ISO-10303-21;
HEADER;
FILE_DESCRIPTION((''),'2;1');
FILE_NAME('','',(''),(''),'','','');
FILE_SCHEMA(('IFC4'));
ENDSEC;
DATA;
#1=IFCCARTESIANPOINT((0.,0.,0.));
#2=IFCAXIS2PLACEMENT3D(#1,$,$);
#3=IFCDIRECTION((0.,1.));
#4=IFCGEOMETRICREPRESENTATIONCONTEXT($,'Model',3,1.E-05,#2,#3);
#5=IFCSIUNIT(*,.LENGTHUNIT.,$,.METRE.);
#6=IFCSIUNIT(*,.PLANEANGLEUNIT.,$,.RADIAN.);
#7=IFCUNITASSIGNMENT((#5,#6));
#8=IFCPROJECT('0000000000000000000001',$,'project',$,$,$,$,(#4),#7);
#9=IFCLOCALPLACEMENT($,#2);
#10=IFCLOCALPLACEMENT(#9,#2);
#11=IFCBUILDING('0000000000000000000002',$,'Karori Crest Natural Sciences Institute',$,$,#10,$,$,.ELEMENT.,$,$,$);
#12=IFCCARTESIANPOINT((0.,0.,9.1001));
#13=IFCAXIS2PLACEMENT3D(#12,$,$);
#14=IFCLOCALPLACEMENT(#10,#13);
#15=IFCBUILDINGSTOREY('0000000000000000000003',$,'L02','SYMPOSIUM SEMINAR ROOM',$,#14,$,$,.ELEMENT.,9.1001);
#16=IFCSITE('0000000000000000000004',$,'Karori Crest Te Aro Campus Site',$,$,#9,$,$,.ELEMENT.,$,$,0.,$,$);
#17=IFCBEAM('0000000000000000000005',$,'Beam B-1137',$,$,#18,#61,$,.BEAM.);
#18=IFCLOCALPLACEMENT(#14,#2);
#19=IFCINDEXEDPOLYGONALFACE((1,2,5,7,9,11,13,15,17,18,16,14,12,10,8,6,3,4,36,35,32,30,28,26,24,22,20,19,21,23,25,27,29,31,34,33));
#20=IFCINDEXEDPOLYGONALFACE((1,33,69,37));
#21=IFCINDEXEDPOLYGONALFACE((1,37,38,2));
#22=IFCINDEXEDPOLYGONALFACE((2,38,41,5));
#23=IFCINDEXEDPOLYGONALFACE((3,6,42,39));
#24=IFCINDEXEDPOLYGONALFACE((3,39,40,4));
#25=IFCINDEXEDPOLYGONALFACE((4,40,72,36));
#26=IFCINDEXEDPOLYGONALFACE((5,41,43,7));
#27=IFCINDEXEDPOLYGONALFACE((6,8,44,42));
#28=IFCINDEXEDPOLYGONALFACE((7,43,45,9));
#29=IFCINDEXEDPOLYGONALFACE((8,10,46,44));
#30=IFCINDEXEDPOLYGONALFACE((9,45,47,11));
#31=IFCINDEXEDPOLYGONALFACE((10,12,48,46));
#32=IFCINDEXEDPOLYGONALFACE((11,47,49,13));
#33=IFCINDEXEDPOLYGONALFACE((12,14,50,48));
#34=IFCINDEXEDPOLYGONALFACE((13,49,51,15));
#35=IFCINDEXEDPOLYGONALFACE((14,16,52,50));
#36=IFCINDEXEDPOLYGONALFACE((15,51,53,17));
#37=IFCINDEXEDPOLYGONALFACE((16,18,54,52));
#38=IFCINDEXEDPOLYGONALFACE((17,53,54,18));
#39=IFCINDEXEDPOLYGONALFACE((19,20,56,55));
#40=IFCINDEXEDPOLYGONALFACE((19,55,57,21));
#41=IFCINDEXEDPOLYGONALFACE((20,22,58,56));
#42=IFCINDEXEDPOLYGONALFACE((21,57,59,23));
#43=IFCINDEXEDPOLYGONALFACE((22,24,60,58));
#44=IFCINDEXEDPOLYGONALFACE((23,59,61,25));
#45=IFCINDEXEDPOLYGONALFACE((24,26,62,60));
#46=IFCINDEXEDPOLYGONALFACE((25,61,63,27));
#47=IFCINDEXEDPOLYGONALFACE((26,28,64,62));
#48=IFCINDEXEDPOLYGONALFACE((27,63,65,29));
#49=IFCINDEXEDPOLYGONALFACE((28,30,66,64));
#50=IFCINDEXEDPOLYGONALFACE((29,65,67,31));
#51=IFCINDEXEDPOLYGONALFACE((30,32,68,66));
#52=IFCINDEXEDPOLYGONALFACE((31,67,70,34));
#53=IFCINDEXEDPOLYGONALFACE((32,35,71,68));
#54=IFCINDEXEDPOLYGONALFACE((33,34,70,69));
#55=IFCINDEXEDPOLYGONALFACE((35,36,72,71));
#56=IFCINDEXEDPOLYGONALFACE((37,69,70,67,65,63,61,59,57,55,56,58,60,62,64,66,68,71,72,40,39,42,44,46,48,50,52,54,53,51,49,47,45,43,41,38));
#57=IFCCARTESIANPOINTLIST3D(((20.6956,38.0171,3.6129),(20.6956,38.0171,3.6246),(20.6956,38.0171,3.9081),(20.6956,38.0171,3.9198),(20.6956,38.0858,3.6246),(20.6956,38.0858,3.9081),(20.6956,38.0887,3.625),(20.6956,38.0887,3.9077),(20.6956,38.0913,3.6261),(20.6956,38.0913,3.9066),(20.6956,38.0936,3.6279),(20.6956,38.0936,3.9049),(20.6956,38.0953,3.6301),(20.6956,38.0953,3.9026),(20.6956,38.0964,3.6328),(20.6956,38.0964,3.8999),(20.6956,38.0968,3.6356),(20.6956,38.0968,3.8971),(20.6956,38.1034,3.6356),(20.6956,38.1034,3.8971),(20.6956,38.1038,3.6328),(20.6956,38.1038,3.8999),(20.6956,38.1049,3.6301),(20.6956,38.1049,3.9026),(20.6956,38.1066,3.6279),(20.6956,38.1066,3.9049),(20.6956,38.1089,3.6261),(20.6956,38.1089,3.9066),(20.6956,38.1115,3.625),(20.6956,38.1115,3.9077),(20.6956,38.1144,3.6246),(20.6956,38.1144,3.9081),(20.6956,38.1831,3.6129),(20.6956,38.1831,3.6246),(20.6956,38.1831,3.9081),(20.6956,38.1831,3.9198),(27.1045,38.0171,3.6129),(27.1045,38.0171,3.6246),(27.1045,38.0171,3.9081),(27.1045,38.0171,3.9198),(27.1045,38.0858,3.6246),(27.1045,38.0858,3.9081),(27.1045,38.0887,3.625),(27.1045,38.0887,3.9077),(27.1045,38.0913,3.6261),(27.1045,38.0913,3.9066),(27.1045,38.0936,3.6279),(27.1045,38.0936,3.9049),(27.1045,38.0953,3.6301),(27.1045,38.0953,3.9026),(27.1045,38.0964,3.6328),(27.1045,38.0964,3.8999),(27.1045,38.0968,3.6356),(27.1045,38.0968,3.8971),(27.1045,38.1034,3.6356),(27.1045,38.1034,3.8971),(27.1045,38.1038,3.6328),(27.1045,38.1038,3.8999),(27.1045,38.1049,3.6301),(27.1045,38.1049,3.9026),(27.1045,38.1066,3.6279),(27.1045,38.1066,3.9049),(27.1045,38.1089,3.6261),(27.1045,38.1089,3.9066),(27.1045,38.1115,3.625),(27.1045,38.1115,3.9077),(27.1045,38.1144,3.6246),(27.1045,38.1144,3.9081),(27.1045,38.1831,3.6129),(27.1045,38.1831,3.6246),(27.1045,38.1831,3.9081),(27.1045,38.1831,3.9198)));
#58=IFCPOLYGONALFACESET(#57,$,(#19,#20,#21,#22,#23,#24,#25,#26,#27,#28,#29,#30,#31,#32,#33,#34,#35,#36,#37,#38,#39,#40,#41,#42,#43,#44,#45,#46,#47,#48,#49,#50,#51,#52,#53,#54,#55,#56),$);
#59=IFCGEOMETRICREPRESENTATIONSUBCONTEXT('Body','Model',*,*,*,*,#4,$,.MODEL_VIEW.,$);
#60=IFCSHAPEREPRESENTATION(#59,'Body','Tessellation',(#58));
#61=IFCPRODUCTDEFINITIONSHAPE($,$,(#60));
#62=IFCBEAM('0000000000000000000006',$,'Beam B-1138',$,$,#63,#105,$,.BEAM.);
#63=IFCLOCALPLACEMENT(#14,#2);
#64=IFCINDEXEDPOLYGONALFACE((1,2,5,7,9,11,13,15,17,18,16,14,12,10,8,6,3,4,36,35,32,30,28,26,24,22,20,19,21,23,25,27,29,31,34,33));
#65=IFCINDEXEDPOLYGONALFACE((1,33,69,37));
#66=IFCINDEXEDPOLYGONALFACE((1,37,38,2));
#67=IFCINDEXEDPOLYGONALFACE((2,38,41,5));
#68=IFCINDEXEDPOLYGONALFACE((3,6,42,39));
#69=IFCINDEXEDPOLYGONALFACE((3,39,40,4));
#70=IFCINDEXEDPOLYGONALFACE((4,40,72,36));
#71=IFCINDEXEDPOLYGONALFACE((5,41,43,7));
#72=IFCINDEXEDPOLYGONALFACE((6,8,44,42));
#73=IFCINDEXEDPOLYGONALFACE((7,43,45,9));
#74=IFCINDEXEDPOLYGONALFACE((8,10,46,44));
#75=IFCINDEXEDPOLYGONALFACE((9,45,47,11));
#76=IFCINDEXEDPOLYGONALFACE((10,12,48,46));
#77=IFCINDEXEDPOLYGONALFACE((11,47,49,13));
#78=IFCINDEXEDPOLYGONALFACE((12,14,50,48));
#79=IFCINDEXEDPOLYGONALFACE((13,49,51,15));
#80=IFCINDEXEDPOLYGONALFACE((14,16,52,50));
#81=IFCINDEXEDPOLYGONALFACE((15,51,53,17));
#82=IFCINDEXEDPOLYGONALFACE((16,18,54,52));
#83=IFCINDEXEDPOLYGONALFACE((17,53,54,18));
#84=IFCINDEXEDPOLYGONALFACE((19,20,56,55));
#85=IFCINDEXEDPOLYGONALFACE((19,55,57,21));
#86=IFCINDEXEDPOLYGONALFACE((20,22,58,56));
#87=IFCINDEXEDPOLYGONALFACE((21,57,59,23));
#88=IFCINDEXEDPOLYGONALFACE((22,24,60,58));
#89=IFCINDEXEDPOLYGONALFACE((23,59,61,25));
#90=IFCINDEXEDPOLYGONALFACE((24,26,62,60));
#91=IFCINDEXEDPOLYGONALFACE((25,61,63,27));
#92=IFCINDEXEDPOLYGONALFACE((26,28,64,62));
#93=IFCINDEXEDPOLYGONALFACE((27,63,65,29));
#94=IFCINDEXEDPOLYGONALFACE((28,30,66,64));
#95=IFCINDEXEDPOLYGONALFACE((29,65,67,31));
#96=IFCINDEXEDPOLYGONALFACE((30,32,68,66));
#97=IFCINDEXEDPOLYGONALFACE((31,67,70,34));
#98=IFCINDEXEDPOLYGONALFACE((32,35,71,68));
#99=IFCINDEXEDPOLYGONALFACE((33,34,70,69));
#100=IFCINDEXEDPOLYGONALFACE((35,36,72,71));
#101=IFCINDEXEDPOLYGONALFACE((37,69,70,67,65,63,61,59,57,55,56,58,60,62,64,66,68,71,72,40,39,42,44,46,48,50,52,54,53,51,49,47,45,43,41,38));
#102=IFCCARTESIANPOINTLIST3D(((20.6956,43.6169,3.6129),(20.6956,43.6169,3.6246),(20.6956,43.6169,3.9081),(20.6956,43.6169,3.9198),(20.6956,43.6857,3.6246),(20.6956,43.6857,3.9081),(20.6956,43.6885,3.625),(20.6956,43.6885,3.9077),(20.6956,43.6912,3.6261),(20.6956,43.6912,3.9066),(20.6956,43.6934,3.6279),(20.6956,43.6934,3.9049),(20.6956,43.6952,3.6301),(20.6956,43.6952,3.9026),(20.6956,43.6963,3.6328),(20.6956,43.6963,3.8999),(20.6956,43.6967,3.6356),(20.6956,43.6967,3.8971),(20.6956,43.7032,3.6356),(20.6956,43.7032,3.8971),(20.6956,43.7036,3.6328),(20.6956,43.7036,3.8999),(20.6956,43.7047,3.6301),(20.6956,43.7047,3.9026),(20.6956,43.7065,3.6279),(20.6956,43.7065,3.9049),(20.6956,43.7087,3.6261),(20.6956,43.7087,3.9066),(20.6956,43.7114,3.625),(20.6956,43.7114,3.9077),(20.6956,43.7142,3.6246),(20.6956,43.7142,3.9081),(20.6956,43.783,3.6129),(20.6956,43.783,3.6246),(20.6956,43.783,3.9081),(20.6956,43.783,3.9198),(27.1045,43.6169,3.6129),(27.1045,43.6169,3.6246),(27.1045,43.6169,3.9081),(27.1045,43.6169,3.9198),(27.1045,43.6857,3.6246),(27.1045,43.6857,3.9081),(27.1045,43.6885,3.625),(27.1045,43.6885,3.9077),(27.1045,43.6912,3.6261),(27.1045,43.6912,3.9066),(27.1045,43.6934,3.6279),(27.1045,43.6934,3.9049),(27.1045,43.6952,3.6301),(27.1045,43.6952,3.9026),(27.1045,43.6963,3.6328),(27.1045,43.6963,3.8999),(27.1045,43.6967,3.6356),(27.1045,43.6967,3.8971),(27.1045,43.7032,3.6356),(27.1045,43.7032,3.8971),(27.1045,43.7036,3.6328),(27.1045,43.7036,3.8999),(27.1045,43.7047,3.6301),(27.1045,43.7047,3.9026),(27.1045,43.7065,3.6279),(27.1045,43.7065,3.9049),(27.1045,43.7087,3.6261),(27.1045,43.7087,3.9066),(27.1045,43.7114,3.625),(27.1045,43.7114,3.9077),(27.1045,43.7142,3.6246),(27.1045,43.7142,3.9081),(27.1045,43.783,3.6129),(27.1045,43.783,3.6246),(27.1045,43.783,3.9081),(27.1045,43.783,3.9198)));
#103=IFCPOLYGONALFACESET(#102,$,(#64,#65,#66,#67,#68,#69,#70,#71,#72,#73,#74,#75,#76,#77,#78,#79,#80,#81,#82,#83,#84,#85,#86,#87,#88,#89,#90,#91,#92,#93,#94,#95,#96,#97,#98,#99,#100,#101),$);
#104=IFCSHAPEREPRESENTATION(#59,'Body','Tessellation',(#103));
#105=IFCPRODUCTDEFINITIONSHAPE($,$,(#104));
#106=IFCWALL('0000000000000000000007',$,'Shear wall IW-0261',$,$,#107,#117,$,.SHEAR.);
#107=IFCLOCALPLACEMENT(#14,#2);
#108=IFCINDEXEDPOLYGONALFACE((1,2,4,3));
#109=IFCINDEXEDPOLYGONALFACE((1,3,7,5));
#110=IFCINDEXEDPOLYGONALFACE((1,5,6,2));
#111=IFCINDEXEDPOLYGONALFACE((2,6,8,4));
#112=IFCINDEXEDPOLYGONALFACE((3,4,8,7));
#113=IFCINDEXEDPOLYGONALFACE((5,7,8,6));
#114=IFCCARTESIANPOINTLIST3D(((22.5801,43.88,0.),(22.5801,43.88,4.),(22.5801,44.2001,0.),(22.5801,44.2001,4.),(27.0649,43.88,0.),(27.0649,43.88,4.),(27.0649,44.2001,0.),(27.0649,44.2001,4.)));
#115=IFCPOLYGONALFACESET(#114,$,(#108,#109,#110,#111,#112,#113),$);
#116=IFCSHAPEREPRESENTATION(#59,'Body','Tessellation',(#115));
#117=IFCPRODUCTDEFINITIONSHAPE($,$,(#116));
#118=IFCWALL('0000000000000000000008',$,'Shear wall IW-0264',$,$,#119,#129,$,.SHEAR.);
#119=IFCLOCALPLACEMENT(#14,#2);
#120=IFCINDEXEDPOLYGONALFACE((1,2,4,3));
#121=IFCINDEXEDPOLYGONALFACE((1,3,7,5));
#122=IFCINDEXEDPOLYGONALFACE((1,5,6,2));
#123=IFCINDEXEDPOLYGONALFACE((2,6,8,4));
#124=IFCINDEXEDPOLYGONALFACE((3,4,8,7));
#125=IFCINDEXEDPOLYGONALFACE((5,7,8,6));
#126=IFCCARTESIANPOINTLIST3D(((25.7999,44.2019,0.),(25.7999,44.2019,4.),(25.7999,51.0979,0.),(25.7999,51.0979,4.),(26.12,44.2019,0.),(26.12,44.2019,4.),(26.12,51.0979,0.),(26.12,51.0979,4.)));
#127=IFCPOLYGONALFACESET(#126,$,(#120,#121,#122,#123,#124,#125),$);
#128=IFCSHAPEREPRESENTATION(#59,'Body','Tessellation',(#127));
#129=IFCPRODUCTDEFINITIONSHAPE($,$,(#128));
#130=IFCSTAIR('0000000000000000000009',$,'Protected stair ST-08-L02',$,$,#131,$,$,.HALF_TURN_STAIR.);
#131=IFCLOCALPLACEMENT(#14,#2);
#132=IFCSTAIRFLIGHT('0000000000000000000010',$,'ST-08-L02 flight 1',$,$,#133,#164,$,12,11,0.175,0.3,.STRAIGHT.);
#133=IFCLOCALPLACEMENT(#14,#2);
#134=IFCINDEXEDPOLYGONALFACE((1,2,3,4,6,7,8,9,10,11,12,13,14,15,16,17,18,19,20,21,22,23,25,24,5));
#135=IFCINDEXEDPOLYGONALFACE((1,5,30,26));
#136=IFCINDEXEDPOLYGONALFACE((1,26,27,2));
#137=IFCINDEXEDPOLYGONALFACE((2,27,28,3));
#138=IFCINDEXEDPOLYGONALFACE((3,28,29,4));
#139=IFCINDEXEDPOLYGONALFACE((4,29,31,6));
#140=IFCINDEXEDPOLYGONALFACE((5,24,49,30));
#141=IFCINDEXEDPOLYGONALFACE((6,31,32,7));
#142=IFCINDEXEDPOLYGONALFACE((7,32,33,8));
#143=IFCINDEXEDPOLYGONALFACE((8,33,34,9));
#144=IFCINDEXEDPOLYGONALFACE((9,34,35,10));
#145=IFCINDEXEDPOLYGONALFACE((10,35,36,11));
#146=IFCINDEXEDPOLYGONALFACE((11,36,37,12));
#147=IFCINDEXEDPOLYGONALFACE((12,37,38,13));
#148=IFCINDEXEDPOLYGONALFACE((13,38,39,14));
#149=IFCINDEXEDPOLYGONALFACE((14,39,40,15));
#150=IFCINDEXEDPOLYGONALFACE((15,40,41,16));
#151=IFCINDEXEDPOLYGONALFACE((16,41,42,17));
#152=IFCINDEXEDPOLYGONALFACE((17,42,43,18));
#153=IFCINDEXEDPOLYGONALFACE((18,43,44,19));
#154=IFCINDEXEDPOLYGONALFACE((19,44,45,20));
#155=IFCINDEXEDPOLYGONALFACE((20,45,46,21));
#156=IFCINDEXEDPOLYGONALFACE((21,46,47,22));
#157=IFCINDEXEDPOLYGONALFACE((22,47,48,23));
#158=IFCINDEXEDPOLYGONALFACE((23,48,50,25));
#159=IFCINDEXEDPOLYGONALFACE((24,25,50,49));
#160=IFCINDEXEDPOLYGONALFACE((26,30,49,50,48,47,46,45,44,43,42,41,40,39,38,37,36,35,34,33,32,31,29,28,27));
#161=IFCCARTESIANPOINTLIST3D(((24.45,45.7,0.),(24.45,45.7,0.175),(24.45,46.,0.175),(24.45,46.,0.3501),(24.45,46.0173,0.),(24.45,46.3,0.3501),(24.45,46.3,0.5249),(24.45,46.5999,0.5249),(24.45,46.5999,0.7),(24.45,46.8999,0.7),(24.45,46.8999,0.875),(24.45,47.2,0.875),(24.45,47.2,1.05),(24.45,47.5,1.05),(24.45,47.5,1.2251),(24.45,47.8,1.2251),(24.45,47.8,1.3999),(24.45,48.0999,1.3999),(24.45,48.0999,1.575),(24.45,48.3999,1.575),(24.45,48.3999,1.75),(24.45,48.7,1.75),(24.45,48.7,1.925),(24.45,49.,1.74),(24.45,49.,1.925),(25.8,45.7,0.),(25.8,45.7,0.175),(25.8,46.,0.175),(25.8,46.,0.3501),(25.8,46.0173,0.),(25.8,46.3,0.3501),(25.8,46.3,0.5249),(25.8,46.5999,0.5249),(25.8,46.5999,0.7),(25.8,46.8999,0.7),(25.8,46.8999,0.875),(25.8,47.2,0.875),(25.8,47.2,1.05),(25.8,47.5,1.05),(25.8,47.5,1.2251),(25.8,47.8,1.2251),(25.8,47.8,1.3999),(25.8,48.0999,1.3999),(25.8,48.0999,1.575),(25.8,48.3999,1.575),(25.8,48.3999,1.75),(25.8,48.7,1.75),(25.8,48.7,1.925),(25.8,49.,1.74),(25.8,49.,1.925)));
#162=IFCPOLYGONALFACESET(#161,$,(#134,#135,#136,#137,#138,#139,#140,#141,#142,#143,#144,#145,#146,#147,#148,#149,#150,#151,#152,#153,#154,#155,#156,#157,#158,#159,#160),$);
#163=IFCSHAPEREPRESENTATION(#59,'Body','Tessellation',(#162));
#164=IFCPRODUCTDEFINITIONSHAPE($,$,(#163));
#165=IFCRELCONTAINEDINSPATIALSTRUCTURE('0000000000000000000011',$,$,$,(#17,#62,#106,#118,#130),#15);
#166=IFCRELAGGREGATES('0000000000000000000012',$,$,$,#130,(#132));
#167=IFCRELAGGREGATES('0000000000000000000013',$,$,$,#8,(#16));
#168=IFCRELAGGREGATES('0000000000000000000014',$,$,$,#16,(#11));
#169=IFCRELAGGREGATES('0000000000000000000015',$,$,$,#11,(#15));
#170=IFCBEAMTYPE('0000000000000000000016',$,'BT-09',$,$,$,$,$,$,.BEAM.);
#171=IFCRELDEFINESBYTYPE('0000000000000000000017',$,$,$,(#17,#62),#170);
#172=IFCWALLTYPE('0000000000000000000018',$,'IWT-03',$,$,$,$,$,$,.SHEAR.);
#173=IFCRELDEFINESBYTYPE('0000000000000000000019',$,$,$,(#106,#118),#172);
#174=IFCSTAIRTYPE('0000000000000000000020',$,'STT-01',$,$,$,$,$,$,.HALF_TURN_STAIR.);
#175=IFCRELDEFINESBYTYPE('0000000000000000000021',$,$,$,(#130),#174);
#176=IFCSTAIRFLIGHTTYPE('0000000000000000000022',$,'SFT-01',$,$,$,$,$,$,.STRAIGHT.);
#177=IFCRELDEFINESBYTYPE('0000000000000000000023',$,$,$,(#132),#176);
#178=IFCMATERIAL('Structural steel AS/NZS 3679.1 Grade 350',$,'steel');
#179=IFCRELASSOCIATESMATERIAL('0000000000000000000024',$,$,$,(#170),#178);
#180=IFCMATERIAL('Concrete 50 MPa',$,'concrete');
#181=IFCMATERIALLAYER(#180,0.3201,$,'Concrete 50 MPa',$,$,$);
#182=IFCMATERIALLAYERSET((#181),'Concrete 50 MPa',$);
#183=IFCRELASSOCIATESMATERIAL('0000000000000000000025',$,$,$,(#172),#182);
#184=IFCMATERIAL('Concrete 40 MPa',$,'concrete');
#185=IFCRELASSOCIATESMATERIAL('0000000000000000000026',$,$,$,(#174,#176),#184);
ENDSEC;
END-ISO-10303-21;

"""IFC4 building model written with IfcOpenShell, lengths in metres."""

from ifc_helpers import new_model, si_unit, direction, frame, frame_2d, origin, origin_2d, place, context, subcontext, project, spatial, polyline, rectangle, i_section, outline, extrude, material, layer, layer_set, material_profile, profile_set, type_object, element, aggregate, save


model = new_model("IFC4")

# Units and contexts
model_context = context("Model", 3, precision=1e-05, world=origin(), true_north=direction((0.0, 1.0)))
body_context = subcontext(model_context, "Body", "Model", "MODEL_VIEW")
ifc_project = project(units=[si_unit("LENGTHUNIT", "METRE"), si_unit("PLANEANGLEUNIT", "RADIAN")], contexts=[model_context])

# Site, building, storey
site_placement = place(None, origin())
site = spatial("IfcSite", under=ifc_project, at=site_placement, Name="Karori Crest Te Aro Campus Site", CompositionType="ELEMENT", RefElevation=0.0)
building_placement = place(site_placement, origin())
building = spatial("IfcBuilding", under=site, at=building_placement, Name="Karori Crest Natural Sciences Institute", CompositionType="ELEMENT")
storey_placement = place(building_placement, frame((0.0, 0.0, 9.1001)))
storey = spatial("IfcBuildingStorey", under=building, at=storey_placement, Name="L02", Description="SYMPOSIUM SEMINAR ROOM", CompositionType="ELEMENT", Elevation=9.1001)

# Shared definitions
ifc_material_1 = material(Name="Structural steel AS/NZS 3679.1 Grade 350", Category="steel")

# Beams
ifc_material_profile_1 = material_profile(ifc_material_1, i_section(OverallWidth=0.166, OverallDepth=0.3069, WebThickness=0.0066, FlangeThickness=0.0117, FilletRadius=0.011, at=origin_2d()), Name="310UB46.2")
ifc_profile_set_1 = profile_set([ifc_material_profile_1], Name="Structural steel AS/NZS 3679.1 Grade 350")
beam_type_1 = type_object("IfcBeamType", Name="BT-09", PredefinedType="BEAM", material=ifc_profile_set_1)
for number, where, z_axis, x_axis, name in (
    (1, (20.6956, 38.1001, 3.7664), (1.0, 0.0, 0.0), (0.0, 1.0, 0.0), "Beam B-1137"),
    (2, (20.6956, 43.7, 3.7664), (1.0, 0.0, 0.0), (0.0, 1.0, 0.0), "Beam B-1138"),
):
    element("IfcBeam", number, at=place(storey_placement, frame(where, z_axis=z_axis, x_axis=x_axis)), inside=storey, type_object=beam_type_1, Name=name, PredefinedType="BEAM", context=body_context, shape_type="SweptSolid", body=[
        extrude(i_section(OverallWidth=0.166, OverallDepth=0.3069, WebThickness=0.0066, FlangeThickness=0.0117, FilletRadius=0.011, at=origin_2d()), origin(), (0.0, 0.0, 1.0), 6.4089),
    ])

# Wall
ifc_material_2 = material(Name="Concrete 50 MPa", Category="concrete")
ifc_layer = layer(ifc_material_2, 0.3201, Name="Concrete 50 MPa")
ifc_layer_set = layer_set([ifc_layer], Name="Concrete 50 MPa")
wall_type = type_object("IfcWallType", Name="IWT-03", PredefinedType="SHEAR", material=ifc_layer_set)
wall_1_placement = place(storey_placement, frame((22.5801, 44.04, 0.0), z_axis=(0.0, 0.0, 1.0), x_axis=(1.0, 0.0, 0.0)))
element("IfcWall", 3, at=wall_1_placement, inside=storey, type_object=wall_type, Name="Shear wall IW-0261", PredefinedType="SHEAR", context=body_context, shape_type="SweptSolid", body=[
    extrude(rectangle(XDim=4.4849, YDim=0.3201, at=frame_2d((2.2424, 0.0))), origin(), (0.0, 0.0, 1.0), 4.0),
])

# Wall
wall_2_placement = place(storey_placement, frame((25.96, 44.2019, 0.0), z_axis=(0.0, 0.0, 1.0), x_axis=(0.0, 1.0, 0.0)))
element("IfcWall", 4, at=wall_2_placement, inside=storey, type_object=wall_type, Name="Shear wall IW-0264", PredefinedType="SHEAR", context=body_context, shape_type="SweptSolid", body=[
    extrude(rectangle(XDim=6.896, YDim=0.3201, at=frame_2d((3.448, 0.0))), origin(), (0.0, 0.0, 1.0), 4.0),
])

# Stair, stair flight
ifc_material_3 = material(Name="Concrete 40 MPa", Category="concrete")
stair_type = type_object("IfcStairType", Name="STT-01", PredefinedType="HALF_TURN_STAIR", material=ifc_material_3)
stair_placement = place(storey_placement, origin())
stair = element("IfcStair", 5, at=stair_placement, inside=storey, type_object=stair_type, Name="Protected stair ST-08-L02", PredefinedType="HALF_TURN_STAIR")
stair_flight_type = type_object("IfcStairFlightType", Name="SFT-01", PredefinedType="STRAIGHT", material=ifc_material_3)
stair_flight_placement = place(storey_placement, frame((25.125, 45.7, 0.0), z_axis=(0.0, 0.0, 1.0), x_axis=(0.0, 1.0, 0.0)))
stair_flight = element("IfcStairFlight", 6, at=stair_flight_placement, type_object=stair_flight_type, Name="ST-08-L02 flight 1", NumberOfRisers=12, NumberOfTreads=11, PredefinedType="STRAIGHT", RiserHeight=0.175, TreadLength=0.3, context=body_context, shape_type="SweptSolid", body=[
    extrude(outline(polyline([(0.0, 0.0), (0.0, 0.175), (0.3, 0.175), (0.3, 0.3501), (0.6001, 0.3501), (0.6001, 0.5249), (0.8999, 0.5249), (0.8999, 0.7), (1.2, 0.7), (1.2, 0.875), (1.5, 0.875), (1.5, 1.05), (1.8, 1.05), (1.8, 1.2251), (2.1001, 1.2251), (2.1001, 1.3999), (2.3999, 1.3999), (2.3999, 1.575), (2.7, 1.575), (2.7, 1.75), (3.0, 1.75), (3.0, 1.925), (3.3, 1.925), (3.3, 2.1001), (3.3, 1.74), (0.3174, 0.0), (0.0, 0.0)])), frame((0.0, 0.675, 0.0), z_axis=(0.0, -1.0, 0.0), x_axis=(1.0, 0.0, 0.0)), (0.0, 0.0, 1.0), 1.3501),
])
aggregate(stair, [stair_flight])

save(model, "model.ifc")
